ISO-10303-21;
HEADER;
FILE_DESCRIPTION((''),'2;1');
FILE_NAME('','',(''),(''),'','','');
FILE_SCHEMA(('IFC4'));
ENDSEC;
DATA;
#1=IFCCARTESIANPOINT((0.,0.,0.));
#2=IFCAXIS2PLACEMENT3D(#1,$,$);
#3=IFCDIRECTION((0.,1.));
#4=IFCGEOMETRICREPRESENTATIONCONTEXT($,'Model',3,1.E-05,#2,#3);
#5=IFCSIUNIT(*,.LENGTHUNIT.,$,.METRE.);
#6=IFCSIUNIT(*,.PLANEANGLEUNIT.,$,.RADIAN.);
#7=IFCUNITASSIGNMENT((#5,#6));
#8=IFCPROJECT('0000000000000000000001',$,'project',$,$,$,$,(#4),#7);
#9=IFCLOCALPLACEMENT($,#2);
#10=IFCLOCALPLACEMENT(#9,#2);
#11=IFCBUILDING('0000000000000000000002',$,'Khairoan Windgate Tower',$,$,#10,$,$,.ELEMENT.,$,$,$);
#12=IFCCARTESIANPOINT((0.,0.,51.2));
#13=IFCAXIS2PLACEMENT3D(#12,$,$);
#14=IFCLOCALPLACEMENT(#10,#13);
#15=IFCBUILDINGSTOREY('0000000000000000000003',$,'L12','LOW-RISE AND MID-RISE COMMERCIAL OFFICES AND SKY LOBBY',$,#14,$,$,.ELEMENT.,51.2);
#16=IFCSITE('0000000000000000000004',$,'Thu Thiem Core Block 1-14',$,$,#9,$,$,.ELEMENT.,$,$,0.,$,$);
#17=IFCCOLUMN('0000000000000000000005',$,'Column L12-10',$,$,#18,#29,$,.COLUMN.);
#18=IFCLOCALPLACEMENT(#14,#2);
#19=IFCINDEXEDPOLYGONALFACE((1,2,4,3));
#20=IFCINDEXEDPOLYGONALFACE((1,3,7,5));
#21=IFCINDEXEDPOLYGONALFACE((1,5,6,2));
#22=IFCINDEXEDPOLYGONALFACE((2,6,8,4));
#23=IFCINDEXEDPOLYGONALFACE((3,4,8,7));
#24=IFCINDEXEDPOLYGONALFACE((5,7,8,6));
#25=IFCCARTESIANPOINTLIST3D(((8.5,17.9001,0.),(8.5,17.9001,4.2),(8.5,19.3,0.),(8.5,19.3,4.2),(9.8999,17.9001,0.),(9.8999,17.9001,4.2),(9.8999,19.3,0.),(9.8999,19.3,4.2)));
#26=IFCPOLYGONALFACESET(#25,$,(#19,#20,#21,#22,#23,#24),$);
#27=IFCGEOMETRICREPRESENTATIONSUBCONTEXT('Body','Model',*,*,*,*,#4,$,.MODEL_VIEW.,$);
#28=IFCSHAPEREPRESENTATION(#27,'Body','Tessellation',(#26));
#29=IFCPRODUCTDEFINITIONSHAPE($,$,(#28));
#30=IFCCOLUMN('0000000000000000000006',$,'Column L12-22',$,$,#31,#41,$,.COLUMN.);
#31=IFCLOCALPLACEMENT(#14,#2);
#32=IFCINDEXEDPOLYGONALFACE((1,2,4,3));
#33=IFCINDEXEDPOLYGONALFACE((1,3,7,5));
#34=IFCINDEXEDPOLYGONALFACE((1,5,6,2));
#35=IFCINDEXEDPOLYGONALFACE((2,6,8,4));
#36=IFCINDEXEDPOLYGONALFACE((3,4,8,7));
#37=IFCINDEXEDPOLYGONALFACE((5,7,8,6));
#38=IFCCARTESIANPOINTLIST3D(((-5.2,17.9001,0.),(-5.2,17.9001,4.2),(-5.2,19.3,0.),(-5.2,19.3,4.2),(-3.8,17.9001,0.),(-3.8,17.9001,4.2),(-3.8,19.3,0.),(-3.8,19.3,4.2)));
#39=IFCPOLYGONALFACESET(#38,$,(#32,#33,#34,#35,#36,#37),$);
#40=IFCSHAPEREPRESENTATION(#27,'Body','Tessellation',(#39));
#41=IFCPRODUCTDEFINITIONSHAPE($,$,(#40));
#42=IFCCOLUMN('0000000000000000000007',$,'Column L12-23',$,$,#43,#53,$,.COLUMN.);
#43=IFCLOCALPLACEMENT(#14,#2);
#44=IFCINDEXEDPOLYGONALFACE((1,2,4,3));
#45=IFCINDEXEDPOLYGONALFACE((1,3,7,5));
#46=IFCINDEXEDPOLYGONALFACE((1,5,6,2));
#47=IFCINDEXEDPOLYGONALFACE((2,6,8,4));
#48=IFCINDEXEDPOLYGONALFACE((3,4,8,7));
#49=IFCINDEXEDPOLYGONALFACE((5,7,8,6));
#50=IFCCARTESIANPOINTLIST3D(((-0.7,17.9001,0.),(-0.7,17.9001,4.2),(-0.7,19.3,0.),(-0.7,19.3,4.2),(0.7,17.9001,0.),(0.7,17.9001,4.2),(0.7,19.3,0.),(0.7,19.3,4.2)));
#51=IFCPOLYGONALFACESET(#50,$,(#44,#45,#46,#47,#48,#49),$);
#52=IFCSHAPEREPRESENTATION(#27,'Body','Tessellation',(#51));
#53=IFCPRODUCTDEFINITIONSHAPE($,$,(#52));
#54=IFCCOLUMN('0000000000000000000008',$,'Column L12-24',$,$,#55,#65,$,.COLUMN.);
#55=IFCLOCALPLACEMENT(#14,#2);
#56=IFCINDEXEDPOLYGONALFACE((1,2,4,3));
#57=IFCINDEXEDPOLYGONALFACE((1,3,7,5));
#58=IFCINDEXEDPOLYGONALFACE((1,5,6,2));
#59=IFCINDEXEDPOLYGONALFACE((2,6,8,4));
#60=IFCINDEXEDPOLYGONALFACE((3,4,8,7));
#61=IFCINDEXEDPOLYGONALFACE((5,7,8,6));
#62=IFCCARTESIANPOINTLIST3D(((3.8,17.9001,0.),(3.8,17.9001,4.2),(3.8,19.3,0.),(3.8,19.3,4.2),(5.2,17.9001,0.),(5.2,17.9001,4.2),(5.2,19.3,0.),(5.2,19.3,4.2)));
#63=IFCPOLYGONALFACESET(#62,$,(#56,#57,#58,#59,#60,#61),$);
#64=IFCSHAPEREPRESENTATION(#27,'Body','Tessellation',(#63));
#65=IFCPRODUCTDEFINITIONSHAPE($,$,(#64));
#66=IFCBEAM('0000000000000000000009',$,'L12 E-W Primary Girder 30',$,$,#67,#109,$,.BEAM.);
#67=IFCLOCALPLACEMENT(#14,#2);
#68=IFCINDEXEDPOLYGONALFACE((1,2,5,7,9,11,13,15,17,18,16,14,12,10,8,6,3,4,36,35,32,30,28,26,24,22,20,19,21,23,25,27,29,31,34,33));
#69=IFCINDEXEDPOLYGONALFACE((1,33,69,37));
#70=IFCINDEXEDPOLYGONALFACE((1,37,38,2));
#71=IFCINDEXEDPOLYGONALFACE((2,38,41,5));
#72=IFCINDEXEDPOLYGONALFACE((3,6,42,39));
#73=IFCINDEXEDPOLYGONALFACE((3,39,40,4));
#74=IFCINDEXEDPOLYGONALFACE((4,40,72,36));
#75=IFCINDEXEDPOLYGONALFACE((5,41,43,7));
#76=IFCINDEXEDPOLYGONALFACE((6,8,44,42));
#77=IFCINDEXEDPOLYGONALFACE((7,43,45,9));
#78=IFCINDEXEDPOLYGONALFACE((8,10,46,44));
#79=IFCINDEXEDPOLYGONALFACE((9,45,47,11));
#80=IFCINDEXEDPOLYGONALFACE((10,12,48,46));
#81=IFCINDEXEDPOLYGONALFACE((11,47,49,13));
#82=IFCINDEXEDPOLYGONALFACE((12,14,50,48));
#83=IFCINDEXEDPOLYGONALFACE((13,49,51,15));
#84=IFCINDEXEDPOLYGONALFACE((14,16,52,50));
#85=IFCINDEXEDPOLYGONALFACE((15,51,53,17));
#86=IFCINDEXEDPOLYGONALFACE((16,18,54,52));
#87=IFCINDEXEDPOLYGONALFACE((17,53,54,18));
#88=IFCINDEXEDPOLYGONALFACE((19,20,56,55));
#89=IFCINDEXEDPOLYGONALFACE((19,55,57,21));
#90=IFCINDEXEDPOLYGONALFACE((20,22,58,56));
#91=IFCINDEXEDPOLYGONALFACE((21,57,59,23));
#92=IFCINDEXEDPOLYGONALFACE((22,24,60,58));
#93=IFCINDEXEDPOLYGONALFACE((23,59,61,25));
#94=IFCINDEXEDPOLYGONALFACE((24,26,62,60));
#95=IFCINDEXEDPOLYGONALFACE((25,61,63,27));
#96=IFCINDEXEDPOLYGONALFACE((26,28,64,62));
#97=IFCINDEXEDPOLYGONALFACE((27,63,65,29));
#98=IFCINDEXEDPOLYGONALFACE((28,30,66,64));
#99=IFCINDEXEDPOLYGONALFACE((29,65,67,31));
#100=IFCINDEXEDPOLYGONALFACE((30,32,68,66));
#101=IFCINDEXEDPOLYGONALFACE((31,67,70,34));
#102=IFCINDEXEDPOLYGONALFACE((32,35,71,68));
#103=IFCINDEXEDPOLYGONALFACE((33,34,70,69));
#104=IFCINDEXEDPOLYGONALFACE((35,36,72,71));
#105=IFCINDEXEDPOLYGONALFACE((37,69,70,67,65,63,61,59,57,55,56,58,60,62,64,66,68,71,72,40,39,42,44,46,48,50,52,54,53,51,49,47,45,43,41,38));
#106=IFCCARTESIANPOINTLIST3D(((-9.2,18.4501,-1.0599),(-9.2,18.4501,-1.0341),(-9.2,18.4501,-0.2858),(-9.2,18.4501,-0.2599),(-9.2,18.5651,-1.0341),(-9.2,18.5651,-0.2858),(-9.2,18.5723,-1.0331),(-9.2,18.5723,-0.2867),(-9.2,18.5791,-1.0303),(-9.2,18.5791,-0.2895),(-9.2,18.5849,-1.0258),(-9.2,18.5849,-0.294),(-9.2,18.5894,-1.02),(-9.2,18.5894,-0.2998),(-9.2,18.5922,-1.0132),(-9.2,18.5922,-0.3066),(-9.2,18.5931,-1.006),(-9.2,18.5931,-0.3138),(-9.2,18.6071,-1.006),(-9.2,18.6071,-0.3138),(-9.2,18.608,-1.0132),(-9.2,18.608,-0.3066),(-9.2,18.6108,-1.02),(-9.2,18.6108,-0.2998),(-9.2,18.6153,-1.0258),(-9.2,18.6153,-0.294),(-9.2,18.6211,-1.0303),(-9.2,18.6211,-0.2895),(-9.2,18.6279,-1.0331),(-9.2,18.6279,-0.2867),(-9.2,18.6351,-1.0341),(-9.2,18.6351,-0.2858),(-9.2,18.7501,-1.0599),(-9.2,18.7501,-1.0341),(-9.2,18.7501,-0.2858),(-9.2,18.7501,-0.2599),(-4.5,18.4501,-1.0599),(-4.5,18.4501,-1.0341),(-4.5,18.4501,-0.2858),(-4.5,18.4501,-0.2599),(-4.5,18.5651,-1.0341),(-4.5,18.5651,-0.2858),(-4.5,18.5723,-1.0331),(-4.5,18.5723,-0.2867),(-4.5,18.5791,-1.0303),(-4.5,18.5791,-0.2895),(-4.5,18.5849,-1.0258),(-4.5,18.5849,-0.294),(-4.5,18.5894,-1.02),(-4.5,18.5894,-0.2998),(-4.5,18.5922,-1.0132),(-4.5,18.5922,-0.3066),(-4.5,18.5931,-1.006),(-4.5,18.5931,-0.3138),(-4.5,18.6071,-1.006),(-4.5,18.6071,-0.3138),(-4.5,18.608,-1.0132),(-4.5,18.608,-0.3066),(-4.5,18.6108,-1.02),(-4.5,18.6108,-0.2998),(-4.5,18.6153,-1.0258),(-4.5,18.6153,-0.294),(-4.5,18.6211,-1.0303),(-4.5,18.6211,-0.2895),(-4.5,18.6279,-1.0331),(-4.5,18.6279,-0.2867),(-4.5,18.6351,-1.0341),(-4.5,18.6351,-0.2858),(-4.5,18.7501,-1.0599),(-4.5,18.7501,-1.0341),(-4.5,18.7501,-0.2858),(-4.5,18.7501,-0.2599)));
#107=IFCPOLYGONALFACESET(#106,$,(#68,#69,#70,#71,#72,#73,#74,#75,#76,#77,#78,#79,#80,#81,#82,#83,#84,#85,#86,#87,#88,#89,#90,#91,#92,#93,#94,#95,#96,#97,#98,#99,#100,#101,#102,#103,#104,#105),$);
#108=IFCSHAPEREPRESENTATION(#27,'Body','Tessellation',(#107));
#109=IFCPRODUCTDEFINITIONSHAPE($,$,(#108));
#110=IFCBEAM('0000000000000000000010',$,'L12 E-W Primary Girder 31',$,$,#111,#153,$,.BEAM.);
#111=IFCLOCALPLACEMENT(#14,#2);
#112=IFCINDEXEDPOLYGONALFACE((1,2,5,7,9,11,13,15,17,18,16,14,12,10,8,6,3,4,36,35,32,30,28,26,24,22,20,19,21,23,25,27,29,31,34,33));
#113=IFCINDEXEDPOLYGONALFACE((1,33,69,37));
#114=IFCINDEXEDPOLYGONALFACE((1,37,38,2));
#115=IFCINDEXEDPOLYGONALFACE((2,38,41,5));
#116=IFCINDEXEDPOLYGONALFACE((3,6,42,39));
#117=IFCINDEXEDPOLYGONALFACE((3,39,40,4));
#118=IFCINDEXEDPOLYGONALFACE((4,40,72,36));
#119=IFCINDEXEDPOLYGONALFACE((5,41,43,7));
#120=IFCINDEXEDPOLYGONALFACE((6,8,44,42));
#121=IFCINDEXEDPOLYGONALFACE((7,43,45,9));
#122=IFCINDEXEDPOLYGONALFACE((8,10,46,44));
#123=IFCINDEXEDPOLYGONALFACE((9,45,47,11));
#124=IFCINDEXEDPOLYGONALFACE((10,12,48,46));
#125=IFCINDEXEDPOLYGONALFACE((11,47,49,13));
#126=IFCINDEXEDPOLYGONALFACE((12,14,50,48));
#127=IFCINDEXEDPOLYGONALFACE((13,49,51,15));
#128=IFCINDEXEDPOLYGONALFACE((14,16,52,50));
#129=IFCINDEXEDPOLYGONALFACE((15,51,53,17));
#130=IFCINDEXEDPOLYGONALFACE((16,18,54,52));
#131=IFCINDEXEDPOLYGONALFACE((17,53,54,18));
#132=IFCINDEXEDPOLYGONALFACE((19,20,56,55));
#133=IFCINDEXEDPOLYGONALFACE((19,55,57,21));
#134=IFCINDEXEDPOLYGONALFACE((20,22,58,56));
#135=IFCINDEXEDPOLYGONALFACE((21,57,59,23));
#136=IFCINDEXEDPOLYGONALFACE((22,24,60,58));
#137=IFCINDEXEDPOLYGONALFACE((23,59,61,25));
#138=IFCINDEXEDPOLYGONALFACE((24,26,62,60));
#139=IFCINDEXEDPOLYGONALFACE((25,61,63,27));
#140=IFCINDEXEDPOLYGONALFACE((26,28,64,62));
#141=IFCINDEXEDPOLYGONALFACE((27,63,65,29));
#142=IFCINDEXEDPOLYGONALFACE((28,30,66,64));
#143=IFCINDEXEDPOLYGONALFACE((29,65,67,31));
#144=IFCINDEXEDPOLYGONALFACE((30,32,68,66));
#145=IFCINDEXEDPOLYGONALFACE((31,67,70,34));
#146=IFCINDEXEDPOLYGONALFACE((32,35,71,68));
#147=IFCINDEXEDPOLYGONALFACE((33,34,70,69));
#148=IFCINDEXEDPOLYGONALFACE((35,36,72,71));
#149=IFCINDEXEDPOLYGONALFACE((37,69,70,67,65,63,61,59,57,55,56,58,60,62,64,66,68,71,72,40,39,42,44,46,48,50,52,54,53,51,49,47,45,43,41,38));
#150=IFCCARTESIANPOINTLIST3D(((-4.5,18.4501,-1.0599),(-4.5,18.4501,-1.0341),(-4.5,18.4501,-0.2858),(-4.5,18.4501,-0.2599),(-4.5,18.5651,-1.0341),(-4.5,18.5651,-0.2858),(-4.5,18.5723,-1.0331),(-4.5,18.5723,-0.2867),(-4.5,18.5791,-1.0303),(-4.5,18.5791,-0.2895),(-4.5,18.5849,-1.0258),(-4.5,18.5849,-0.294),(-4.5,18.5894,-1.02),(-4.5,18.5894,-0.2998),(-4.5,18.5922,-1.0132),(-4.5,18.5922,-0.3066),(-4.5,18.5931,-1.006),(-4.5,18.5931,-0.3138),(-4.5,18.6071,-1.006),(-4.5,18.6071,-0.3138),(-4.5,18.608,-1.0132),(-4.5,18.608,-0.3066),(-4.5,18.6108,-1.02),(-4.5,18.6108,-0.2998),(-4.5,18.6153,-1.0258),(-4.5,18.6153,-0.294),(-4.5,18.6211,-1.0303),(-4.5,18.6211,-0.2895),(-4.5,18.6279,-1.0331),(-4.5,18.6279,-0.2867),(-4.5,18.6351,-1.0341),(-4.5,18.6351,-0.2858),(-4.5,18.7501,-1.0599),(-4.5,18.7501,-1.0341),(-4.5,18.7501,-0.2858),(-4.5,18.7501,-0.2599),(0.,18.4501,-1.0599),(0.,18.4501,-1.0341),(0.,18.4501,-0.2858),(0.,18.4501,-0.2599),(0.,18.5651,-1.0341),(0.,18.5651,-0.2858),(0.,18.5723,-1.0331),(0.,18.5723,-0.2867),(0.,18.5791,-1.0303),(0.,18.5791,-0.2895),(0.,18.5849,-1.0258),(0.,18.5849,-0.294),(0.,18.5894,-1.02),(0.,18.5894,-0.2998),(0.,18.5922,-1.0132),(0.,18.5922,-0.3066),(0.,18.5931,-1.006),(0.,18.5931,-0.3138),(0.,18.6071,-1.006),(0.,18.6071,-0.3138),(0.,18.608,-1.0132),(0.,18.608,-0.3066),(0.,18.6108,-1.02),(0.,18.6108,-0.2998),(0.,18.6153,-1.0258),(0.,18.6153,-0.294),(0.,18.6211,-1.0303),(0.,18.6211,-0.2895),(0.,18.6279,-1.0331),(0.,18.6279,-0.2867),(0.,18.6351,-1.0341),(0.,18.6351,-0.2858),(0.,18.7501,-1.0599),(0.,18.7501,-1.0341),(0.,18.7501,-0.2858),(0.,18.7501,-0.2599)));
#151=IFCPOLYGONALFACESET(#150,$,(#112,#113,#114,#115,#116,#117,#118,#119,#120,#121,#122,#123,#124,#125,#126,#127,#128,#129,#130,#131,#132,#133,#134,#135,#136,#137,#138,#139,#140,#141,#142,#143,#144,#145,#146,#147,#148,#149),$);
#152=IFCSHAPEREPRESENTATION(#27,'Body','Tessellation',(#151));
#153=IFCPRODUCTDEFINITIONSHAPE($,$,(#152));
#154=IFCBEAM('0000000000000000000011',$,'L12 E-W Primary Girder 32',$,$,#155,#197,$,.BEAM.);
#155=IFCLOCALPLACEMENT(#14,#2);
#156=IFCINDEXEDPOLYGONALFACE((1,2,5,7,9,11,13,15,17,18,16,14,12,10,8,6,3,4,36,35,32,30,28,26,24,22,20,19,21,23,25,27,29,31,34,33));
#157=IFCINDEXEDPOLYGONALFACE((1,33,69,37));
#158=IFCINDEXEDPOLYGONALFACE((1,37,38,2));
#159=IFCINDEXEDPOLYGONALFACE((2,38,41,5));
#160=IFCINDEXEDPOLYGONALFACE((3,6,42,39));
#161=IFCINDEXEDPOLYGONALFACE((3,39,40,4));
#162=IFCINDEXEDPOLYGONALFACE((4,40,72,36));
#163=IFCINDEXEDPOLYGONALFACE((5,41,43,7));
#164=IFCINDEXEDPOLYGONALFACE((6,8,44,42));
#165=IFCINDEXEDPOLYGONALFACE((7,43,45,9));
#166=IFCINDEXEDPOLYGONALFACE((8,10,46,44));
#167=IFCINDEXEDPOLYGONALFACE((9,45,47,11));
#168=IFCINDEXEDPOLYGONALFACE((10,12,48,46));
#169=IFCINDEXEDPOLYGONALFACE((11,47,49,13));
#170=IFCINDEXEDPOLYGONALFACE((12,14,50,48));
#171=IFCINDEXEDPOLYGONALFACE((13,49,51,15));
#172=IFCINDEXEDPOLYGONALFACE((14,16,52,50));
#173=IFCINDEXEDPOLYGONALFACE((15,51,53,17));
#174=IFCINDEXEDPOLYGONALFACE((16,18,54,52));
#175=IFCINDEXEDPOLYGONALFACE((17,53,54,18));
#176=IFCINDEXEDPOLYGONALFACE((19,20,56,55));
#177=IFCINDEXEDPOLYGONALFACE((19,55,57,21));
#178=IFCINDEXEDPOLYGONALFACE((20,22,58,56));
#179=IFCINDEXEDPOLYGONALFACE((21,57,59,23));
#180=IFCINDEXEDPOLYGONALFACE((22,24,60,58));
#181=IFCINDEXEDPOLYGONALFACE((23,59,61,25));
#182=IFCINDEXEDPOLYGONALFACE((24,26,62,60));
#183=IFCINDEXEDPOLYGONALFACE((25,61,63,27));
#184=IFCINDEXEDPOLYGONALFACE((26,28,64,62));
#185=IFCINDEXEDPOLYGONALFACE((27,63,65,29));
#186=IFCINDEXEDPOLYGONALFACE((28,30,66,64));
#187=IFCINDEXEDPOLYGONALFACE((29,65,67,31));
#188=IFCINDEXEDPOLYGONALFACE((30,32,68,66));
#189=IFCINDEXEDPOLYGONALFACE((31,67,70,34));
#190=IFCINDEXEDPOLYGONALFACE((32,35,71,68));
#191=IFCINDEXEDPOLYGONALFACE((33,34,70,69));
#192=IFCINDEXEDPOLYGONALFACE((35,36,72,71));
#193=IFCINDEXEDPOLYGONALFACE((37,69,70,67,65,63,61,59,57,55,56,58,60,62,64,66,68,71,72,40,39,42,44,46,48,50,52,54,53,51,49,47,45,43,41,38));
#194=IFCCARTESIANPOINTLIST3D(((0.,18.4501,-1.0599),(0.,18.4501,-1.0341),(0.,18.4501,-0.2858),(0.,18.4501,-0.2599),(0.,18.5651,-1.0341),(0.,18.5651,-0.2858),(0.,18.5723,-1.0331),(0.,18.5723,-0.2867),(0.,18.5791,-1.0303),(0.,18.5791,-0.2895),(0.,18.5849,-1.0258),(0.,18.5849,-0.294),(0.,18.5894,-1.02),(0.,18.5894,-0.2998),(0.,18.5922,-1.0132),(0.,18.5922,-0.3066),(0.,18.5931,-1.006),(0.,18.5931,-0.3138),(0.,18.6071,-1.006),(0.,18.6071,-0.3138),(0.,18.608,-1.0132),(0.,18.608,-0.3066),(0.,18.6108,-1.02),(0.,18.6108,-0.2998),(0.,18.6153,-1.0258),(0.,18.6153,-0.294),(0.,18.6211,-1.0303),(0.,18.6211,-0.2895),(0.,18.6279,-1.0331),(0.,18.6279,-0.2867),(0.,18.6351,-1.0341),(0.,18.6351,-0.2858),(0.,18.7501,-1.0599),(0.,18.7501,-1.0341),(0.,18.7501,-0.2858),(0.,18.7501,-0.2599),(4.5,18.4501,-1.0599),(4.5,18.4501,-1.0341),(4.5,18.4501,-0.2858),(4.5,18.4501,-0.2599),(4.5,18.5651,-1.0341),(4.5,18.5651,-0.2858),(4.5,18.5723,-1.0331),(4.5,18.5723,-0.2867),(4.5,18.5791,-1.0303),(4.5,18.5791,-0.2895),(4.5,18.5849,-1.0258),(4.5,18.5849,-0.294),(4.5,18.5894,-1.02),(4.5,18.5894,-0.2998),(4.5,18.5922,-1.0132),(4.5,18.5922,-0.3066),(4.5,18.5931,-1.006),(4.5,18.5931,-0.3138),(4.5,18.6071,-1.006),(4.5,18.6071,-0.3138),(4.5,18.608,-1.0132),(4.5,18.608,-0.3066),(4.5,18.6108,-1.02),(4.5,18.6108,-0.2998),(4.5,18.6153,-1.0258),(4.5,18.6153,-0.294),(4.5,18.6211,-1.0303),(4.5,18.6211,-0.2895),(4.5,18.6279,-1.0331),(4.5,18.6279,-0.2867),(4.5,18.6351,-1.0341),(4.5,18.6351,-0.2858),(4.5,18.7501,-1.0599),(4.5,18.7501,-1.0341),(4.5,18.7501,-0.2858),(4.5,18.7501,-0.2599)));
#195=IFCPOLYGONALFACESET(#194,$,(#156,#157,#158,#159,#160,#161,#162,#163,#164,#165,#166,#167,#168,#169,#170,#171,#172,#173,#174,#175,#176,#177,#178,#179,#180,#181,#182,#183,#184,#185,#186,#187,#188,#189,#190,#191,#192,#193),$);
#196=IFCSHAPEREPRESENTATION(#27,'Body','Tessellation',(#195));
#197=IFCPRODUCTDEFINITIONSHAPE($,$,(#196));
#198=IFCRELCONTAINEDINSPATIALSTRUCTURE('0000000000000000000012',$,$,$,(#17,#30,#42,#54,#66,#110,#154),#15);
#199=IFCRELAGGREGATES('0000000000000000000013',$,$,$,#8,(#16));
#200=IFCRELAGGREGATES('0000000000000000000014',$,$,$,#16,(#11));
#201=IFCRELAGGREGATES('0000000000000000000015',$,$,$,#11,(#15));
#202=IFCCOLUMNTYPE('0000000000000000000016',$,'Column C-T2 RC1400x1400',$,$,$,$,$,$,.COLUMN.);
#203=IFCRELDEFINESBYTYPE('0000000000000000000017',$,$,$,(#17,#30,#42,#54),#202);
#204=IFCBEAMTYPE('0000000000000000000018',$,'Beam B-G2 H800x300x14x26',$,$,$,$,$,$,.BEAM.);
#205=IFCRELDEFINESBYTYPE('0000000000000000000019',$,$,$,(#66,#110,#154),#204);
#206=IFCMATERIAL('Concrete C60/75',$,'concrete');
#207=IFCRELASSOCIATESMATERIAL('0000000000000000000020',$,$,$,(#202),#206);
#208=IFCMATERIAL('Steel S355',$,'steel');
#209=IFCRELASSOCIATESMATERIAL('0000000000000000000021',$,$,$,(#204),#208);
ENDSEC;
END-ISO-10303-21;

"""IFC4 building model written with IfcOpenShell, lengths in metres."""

from ifc_helpers import new_model, si_unit, direction, frame, origin, origin_2d, place, context, subcontext, project, spatial, rectangle, i_section, extrude, material, material_profile, profile_set, type_object, element, save


model = new_model("IFC4")

# Units and contexts
model_context = context("Model", 3, precision=1e-05, world=origin(), true_north=direction((0.0, 1.0)))
body_context = subcontext(model_context, "Body", "Model", "MODEL_VIEW")
ifc_project = project(units=[si_unit("LENGTHUNIT", "METRE"), si_unit("PLANEANGLEUNIT", "RADIAN")], contexts=[model_context])

# Site, building, storey
site_placement = place(None, origin())
site = spatial("IfcSite", under=ifc_project, at=site_placement, Name="Thu Thiem Core Block 1-14", CompositionType="ELEMENT", RefElevation=0.0)
building_placement = place(site_placement, origin())
building = spatial("IfcBuilding", under=site, at=building_placement, Name="Khairoan Windgate Tower", CompositionType="ELEMENT")
storey_placement = place(building_placement, frame((0.0, 0.0, 51.2)))
storey = spatial("IfcBuildingStorey", under=building, at=storey_placement, Name="L12", Description="LOW-RISE AND MID-RISE COMMERCIAL OFFICES AND SKY LOBBY", CompositionType="ELEMENT", Elevation=51.2)

# Columns
ifc_material_1 = material(Name="Concrete C60/75", Category="concrete")
ifc_material_profile_1 = material_profile(ifc_material_1, rectangle(XDim=1.3999, YDim=1.3999, at=origin_2d()))
ifc_profile_set_1 = profile_set([ifc_material_profile_1], Name="Concrete C60/75")
column_type = type_object("IfcColumnType", Name="Column C-T2 RC1400x1400", PredefinedType="COLUMN", material=ifc_profile_set_1)
for number, where, z_axis, x_axis, name in (
    (1, (9.2, 18.6001, 0.0), (0.0, 0.0, 1.0), (1.0, 0.0, 0.0), "Column L12-10"),
    (2, (-4.5, 18.6001, 0.0), (0.0, 0.0, 1.0), (1.0, 0.0, 0.0), "Column L12-22"),
    (3, (0.0, 18.6001, 0.0), (0.0, 0.0, 1.0), (1.0, 0.0, 0.0), "Column L12-23"),
    (4, (4.5, 18.6001, 0.0), (0.0, 0.0, 1.0), (1.0, 0.0, 0.0), "Column L12-24"),
):
    element("IfcColumn", number, at=place(storey_placement, frame(where, z_axis=z_axis, x_axis=x_axis)), inside=storey, type_object=column_type, Name=name, PredefinedType="COLUMN", context=body_context, shape_type="SweptSolid", body=[
        extrude(rectangle(XDim=1.3999, YDim=1.3999, at=origin_2d()), origin(), (0.0, 0.0, 1.0), 4.2),
    ])

# Beams
ifc_material_2 = material(Name="Steel S355", Category="steel")
ifc_material_profile_2 = material_profile(ifc_material_2, i_section(OverallWidth=0.3, OverallDepth=0.8, WebThickness=0.0139, FlangeThickness=0.0259, FilletRadius=0.0281, at=origin_2d()))
ifc_profile_set_2 = profile_set([ifc_material_profile_2], Name="Steel S355")
beam_type_1 = type_object("IfcBeamType", Name="Beam B-G2 H800x300x14x26", PredefinedType="BEAM", material=ifc_profile_set_2)
beam_1_placement = place(storey_placement, frame((-9.2, 18.6001, -0.6599), z_axis=(1.0, 0.0, 0.0), x_axis=(0.0, 1.0, 0.0)))
element("IfcBeam", 5, at=beam_1_placement, inside=storey, type_object=beam_type_1, Name="L12 E-W Primary Girder 30", PredefinedType="BEAM", context=body_context, shape_type="SweptSolid", body=[
    extrude(i_section(OverallWidth=0.3, OverallDepth=0.8, WebThickness=0.0139, FlangeThickness=0.0259, FilletRadius=0.0281, at=origin_2d()), origin(), (0.0, 0.0, 1.0), 4.7),
])
for number, where, z_axis, x_axis, name in (
    (6, (-4.5, 18.6001, -0.6599), (1.0, 0.0, 0.0), (0.0, 1.0, 0.0), "L12 E-W Primary Girder 31"),
    (7, (0.0, 18.6001, -0.6599), (1.0, 0.0, 0.0), (0.0, 1.0, 0.0), "L12 E-W Primary Girder 32"),
):
    element("IfcBeam", number, at=place(storey_placement, frame(where, z_axis=z_axis, x_axis=x_axis)), inside=storey, type_object=beam_type_1, Name=name, PredefinedType="BEAM", context=body_context, shape_type="SweptSolid", body=[
        extrude(i_section(OverallWidth=0.3, OverallDepth=0.8, WebThickness=0.0139, FlangeThickness=0.0259, FilletRadius=0.0281, at=origin_2d()), origin(), (0.0, 0.0, 1.0), 4.5),
    ])

save(model, "model.ifc")
